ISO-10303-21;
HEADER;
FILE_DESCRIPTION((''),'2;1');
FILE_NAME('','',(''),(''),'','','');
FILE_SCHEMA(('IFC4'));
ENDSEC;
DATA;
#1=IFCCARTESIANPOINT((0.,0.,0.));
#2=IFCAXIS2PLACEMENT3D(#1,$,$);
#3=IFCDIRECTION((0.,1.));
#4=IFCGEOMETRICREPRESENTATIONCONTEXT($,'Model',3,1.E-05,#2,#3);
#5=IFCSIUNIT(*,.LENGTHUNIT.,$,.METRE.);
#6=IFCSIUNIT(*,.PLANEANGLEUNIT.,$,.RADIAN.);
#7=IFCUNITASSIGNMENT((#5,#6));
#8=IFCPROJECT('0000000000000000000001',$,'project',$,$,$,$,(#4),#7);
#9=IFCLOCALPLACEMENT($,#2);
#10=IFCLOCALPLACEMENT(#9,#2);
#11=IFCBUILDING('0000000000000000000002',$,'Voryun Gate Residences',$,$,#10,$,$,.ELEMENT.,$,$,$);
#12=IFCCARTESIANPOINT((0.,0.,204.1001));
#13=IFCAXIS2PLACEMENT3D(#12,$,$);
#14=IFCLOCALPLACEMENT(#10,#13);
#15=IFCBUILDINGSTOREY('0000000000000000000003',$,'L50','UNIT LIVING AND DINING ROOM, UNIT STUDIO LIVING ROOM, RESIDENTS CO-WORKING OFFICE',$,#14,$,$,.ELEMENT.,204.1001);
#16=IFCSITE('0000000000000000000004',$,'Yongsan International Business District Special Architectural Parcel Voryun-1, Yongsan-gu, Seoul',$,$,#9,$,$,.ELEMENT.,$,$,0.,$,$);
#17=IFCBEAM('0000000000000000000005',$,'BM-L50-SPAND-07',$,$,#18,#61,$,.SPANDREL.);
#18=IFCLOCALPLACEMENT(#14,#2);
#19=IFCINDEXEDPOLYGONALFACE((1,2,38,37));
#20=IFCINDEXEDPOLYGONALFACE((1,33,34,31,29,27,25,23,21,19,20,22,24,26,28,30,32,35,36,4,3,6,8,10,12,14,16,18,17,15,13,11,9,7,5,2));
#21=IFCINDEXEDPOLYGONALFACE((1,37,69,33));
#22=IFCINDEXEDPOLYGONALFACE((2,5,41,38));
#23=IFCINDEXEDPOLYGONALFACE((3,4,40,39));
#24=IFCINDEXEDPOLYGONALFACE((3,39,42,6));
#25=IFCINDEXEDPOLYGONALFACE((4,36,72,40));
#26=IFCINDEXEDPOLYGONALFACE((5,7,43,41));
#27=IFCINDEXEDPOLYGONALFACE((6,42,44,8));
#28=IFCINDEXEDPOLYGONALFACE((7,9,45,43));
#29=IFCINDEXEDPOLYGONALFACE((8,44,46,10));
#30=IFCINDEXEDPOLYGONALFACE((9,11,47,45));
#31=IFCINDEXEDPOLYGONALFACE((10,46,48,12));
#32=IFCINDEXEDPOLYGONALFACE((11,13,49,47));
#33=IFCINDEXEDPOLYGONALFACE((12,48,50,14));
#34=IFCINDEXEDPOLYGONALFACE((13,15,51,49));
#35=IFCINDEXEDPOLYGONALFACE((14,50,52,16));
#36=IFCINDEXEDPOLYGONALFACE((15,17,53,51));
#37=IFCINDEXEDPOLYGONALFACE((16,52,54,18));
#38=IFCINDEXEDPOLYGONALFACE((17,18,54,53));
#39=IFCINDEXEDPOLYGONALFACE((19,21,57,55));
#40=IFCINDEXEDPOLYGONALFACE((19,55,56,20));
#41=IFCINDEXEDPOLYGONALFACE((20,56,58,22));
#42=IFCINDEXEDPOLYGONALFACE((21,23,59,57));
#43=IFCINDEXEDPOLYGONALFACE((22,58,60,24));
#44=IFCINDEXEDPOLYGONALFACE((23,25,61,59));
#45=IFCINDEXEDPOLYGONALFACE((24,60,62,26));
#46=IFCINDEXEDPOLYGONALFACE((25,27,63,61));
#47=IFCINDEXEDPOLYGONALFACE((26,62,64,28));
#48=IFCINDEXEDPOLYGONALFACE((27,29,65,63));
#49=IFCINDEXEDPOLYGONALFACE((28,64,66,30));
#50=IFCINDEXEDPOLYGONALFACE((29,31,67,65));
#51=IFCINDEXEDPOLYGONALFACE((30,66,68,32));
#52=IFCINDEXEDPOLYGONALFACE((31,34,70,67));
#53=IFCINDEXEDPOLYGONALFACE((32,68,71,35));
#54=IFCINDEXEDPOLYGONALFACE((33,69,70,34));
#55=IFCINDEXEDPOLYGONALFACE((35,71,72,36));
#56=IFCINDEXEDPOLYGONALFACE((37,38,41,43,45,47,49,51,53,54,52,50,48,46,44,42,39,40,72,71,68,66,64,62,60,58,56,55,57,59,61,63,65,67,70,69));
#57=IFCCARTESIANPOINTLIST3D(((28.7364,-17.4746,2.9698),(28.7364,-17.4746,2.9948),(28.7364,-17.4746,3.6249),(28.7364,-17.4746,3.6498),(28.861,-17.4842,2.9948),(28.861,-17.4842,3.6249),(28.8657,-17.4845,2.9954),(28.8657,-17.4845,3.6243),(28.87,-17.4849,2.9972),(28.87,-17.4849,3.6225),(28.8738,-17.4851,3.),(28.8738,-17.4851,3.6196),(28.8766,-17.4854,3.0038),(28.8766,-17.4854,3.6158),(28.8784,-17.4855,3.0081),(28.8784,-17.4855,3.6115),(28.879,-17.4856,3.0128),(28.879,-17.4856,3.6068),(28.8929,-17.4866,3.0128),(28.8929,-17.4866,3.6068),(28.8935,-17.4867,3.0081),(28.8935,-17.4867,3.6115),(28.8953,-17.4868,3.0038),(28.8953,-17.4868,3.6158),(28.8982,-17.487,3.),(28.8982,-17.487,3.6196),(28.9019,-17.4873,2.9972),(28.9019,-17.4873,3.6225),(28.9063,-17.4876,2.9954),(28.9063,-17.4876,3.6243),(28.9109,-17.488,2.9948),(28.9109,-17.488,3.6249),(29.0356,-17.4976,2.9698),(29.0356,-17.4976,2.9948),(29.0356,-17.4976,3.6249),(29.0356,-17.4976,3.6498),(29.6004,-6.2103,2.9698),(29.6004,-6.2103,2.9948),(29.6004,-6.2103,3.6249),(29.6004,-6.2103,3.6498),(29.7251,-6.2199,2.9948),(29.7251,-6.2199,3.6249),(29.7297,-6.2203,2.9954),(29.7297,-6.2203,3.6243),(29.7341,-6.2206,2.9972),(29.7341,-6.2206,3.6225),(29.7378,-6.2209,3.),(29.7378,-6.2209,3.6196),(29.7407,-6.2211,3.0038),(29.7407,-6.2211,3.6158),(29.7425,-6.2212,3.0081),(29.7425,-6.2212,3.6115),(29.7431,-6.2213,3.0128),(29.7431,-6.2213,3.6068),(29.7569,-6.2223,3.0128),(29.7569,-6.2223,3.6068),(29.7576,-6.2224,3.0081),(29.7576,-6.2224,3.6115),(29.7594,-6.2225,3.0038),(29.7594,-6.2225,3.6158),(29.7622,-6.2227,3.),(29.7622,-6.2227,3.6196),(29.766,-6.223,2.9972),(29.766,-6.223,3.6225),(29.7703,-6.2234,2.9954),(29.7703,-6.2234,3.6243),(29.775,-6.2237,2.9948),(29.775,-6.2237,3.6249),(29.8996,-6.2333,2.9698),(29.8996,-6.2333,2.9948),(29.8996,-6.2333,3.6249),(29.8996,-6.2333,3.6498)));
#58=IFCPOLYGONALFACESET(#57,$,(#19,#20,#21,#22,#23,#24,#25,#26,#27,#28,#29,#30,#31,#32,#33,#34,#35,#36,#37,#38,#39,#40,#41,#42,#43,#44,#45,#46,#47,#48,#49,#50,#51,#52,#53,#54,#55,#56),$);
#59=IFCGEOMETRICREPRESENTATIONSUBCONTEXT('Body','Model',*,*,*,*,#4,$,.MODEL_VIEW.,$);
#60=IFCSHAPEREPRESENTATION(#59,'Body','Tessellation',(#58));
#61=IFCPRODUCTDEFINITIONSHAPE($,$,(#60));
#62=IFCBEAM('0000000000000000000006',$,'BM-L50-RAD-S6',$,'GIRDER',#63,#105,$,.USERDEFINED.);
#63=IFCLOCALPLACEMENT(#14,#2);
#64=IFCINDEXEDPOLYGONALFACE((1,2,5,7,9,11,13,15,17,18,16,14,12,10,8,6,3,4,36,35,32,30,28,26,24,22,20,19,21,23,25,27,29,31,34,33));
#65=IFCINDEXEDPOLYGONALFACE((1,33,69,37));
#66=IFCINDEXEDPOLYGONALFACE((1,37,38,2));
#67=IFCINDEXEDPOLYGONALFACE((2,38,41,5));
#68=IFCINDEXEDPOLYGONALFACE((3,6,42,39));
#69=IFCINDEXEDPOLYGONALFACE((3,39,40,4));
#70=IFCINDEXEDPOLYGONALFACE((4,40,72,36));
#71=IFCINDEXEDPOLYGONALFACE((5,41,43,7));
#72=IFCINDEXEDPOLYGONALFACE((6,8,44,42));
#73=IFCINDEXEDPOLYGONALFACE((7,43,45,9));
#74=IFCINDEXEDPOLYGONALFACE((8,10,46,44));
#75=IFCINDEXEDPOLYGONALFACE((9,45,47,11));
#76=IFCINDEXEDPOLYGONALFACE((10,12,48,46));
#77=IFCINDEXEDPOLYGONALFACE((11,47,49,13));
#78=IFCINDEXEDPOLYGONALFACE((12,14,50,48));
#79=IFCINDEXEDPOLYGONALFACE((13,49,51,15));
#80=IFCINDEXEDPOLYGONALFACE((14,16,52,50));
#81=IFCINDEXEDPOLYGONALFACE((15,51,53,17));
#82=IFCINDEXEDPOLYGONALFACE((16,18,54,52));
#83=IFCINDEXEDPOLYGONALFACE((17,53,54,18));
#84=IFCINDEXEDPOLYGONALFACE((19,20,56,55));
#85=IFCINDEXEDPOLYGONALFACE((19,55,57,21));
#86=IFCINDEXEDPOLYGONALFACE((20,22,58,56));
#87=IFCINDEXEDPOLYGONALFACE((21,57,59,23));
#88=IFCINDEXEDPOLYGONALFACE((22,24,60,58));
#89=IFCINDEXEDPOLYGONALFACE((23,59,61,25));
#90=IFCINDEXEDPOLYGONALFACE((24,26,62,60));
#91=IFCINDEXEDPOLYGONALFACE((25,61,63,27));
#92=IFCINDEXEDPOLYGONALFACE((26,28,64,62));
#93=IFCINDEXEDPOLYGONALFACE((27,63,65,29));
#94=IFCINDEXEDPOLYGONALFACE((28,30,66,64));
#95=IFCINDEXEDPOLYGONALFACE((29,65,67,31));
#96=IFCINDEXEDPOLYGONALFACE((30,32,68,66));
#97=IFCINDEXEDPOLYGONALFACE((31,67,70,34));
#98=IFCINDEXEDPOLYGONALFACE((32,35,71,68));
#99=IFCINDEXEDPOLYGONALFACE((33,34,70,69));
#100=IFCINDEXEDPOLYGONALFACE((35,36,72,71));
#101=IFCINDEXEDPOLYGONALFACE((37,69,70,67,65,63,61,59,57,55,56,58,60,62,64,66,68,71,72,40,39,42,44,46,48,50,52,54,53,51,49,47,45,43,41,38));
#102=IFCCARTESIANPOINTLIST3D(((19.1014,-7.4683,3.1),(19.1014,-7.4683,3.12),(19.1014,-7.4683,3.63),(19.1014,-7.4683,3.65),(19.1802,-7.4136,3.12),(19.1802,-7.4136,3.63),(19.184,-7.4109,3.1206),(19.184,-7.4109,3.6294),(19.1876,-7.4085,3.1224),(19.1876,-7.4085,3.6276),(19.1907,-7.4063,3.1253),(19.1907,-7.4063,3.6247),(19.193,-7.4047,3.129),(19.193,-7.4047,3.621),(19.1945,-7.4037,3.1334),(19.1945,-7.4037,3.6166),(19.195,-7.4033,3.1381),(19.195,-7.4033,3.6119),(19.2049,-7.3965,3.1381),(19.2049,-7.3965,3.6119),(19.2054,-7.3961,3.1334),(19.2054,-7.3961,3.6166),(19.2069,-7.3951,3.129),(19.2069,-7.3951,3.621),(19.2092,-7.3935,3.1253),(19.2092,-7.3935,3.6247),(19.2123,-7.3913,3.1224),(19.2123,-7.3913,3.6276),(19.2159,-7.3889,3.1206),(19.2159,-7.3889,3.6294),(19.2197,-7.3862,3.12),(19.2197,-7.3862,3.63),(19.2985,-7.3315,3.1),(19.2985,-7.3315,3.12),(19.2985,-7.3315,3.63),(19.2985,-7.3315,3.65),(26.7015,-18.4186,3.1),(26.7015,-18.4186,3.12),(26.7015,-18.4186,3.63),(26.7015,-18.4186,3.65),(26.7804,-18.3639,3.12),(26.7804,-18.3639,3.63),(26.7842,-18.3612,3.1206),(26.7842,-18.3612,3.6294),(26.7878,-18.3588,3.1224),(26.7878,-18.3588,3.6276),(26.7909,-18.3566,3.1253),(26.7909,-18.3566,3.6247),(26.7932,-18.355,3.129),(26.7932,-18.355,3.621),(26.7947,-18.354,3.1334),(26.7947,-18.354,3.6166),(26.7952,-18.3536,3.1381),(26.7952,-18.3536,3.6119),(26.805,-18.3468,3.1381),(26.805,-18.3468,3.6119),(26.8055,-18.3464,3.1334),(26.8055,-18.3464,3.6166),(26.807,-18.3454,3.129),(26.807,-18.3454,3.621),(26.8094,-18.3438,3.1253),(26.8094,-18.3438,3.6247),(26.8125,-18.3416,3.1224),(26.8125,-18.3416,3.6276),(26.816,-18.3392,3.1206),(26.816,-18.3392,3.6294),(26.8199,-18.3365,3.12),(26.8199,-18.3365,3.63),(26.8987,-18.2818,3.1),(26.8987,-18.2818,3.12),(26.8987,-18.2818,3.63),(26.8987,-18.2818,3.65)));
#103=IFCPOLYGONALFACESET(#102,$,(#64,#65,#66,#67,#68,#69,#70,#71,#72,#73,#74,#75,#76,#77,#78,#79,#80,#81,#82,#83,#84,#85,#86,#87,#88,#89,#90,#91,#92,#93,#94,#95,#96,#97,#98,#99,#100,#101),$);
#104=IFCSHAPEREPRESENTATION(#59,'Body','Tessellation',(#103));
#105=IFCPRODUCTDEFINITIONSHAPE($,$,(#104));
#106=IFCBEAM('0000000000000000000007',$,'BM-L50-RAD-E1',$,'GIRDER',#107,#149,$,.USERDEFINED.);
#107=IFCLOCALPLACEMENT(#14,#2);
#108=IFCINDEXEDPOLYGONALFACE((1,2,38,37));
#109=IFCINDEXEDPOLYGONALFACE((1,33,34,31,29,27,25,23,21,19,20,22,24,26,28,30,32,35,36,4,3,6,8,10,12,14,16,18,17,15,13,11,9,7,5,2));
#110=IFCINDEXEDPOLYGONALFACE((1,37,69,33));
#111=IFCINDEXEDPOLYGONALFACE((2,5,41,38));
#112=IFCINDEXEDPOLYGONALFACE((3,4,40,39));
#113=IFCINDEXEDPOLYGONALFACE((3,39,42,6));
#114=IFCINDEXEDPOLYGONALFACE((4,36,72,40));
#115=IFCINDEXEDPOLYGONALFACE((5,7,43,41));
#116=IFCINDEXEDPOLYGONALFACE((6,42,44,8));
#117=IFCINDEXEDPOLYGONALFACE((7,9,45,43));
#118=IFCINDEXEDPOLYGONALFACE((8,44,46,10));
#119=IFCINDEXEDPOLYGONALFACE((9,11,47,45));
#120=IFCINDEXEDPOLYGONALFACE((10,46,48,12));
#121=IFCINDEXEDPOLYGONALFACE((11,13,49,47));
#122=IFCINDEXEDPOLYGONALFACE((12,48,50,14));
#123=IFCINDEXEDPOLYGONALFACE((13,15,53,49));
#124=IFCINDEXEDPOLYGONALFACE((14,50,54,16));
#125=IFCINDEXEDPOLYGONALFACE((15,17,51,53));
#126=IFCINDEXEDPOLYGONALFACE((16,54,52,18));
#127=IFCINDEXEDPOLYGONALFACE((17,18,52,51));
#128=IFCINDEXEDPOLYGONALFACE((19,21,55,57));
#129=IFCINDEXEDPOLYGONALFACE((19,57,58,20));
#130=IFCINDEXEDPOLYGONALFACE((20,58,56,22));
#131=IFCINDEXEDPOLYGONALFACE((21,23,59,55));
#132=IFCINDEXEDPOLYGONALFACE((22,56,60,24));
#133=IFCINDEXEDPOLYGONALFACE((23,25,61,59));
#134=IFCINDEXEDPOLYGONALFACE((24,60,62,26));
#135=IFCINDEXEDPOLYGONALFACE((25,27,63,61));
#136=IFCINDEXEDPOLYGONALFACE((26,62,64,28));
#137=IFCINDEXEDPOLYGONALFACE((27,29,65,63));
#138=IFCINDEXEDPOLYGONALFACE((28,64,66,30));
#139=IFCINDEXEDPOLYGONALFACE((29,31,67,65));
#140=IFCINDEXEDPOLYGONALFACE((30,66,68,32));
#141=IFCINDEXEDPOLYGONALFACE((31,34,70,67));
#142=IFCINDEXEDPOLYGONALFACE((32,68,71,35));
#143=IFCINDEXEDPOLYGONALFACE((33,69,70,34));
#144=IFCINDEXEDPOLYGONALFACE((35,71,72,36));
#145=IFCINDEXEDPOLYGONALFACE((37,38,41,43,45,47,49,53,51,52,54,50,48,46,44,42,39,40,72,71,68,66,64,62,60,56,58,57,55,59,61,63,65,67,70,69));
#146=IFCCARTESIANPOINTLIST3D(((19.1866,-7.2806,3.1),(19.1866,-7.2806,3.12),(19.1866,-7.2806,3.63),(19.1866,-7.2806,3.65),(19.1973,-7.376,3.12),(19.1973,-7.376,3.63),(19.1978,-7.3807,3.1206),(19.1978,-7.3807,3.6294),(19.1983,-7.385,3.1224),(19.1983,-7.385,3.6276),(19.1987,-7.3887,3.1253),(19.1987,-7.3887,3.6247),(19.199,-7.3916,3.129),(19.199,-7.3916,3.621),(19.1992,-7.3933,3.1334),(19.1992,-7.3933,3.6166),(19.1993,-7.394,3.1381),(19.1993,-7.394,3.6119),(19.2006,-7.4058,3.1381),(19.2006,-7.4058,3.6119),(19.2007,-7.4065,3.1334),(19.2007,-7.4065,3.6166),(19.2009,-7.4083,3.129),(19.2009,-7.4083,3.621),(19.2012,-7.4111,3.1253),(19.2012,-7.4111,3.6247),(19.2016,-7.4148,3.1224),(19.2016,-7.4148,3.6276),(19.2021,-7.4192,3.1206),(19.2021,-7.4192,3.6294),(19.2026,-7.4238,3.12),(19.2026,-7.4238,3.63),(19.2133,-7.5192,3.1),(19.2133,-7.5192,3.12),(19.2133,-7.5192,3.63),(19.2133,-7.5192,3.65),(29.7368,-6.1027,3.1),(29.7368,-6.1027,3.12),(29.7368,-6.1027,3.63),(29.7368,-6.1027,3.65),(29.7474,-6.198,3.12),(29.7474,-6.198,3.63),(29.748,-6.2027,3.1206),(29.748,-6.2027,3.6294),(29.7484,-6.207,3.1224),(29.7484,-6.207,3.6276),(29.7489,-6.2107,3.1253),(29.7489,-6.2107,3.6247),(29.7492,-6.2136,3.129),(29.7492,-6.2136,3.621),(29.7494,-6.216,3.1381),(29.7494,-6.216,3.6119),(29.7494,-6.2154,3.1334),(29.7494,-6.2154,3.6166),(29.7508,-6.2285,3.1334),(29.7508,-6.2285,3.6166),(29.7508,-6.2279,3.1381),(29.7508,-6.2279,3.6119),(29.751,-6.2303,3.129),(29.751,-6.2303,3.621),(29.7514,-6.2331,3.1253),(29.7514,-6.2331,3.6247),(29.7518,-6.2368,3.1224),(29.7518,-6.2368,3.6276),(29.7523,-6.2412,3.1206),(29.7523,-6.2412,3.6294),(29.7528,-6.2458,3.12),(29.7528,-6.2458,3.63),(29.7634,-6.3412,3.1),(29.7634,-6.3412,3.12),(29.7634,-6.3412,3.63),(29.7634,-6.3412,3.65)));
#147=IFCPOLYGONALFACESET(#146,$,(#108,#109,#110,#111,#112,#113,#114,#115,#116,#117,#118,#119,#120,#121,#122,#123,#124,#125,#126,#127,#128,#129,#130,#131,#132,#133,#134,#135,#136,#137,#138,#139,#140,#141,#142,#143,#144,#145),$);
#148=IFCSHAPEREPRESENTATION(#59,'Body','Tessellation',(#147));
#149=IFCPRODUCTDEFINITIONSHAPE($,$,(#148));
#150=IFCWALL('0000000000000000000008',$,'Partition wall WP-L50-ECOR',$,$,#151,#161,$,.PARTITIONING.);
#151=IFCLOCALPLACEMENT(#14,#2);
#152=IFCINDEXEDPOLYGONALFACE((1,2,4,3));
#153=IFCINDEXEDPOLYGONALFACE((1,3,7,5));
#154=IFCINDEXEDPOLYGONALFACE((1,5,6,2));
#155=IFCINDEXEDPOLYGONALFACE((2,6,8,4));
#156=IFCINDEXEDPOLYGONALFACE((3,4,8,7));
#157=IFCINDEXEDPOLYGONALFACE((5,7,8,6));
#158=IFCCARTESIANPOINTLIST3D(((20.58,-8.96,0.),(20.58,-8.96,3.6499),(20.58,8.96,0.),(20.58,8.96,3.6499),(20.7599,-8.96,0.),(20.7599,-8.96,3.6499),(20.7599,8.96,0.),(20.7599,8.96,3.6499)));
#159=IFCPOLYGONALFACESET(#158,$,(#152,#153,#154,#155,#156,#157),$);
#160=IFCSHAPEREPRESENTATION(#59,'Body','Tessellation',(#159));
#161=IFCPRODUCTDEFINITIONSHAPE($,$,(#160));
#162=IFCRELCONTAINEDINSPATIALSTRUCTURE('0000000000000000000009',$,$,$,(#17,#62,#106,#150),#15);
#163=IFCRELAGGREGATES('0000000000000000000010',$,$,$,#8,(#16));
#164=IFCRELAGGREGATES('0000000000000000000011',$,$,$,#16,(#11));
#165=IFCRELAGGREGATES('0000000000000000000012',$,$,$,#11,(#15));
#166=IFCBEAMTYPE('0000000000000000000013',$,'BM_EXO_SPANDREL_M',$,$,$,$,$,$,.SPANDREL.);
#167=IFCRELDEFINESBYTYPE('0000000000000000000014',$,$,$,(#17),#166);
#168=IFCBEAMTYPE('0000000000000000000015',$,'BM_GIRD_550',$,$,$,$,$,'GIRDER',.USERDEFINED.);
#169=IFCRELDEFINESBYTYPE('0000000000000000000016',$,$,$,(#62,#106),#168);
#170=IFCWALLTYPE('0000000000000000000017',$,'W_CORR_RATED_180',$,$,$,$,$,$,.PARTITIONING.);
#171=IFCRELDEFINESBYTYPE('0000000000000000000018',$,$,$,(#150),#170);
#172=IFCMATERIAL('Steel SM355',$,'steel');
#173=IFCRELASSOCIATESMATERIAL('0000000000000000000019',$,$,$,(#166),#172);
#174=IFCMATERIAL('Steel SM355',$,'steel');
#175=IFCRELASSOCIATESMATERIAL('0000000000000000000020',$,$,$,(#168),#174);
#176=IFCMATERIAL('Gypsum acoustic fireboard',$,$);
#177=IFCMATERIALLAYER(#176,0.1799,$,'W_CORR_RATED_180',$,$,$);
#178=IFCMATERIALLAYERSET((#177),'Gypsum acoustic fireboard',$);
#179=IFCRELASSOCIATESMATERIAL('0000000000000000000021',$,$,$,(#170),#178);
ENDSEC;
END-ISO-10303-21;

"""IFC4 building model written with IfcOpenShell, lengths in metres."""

from ifc_helpers import new_model, si_unit, direction, frame, frame_2d, origin, origin_2d, place, context, subcontext, project, spatial, rectangle, i_section, extrude, material, layer, layer_set, material_profile, profile_set, type_object, element, save


model = new_model("IFC4")

# Units and contexts
model_context = context("Model", 3, precision=1e-05, world=origin(), true_north=direction((0.0, 1.0)))
body_context = subcontext(model_context, "Body", "Model", "MODEL_VIEW")
ifc_project = project(units=[si_unit("LENGTHUNIT", "METRE"), si_unit("PLANEANGLEUNIT", "RADIAN")], contexts=[model_context])

# Site, building, storey
site_placement = place(None, origin())
site = spatial("IfcSite", under=ifc_project, at=site_placement, Name="Yongsan International Business District Special Architectural Parcel Voryun-1, Yongsan-gu, Seoul", CompositionType="ELEMENT", RefElevation=0.0)
building_placement = place(site_placement, origin())
building = spatial("IfcBuilding", under=site, at=building_placement, Name="Voryun Gate Residences", CompositionType="ELEMENT")
storey_placement = place(building_placement, frame((0.0, 0.0, 204.1001)))
storey = spatial("IfcBuildingStorey", under=building, at=storey_placement, Name="L50", Description="UNIT LIVING AND DINING ROOM, UNIT STUDIO LIVING ROOM, RESIDENTS CO-WORKING OFFICE", CompositionType="ELEMENT", Elevation=204.1001)

# Beams
ifc_material_1 = material(Name="Steel SM355", Category="steel")
ifc_material_profile_1 = material_profile(ifc_material_1, i_section(OverallWidth=0.3, OverallDepth=0.6799, WebThickness=0.0139, FlangeThickness=0.0249, FilletRadius=0.0181, at=origin_2d()), Name="H-680x300x14x25")
ifc_profile_set_1 = profile_set([ifc_material_profile_1], Name="Steel SM355")
beam_type_1 = type_object("IfcBeamType", Name="BM_EXO_SPANDREL_M", PredefinedType="SPANDREL", material=ifc_profile_set_1)
beam_1_placement = place(storey_placement, frame((28.886, -17.4861, 3.3098), z_axis=(0.07648, 0.997071, 0.0), x_axis=(-0.997071, 0.07648, 0.0)))
element("IfcBeam", 1, at=beam_1_placement, inside=storey, type_object=beam_type_1, Name="BM-L50-SPAND-07", PredefinedType="SPANDREL", context=body_context, shape_type="SweptSolid", body=[
    extrude(i_section(OverallWidth=0.3, OverallDepth=0.6799, WebThickness=0.0139, FlangeThickness=0.0249, FilletRadius=0.0181, at=origin_2d()), origin(), (0.0, 0.0, 1.0), 11.2974),
])
ifc_material_2 = material(Name="Steel SM355", Category="steel")
ifc_material_profile_2 = material_profile(ifc_material_2, i_section(OverallWidth=0.24, OverallDepth=0.55, WebThickness=0.012, FlangeThickness=0.02, FilletRadius=0.0181, at=origin_2d()), Name="H-550x240x12x20")
ifc_profile_set_2 = profile_set([ifc_material_profile_2], Name="Steel SM355")
beam_type_2 = type_object("IfcBeamType", Name="BM_GIRD_550", ElementType="GIRDER", PredefinedType="USERDEFINED", material=ifc_profile_set_2)
beam_2_placement = place(storey_placement, frame((19.2, -7.3999, 3.375), z_axis=(0.570183, -0.821518, 0.0), x_axis=(0.821518, 0.570183, 0.0)))
element("IfcBeam", 2, at=beam_2_placement, inside=storey, type_object=beam_type_2, Name="BM-L50-RAD-S6", ObjectType="GIRDER", PredefinedType="USERDEFINED", context=body_context, shape_type="SweptSolid", body=[
    extrude(i_section(OverallWidth=0.24, OverallDepth=0.55, WebThickness=0.012, FlangeThickness=0.02, FilletRadius=0.0181, at=origin_2d()), origin(), (0.0, 0.0, 1.0), 13.3293),
])
beam_3_placement = place(storey_placement, frame((19.2, -7.3999, 3.375), z_axis=(0.993824, 0.110967, 0.0), x_axis=(-0.110967, 0.993824, 0.0)))
element("IfcBeam", 3, at=beam_3_placement, inside=storey, type_object=beam_type_2, Name="BM-L50-RAD-E1", ObjectType="GIRDER", PredefinedType="USERDEFINED", context=body_context, shape_type="SweptSolid", body=[
    extrude(i_section(OverallWidth=0.24, OverallDepth=0.55, WebThickness=0.012, FlangeThickness=0.02, FilletRadius=0.0181, at=origin_2d()), origin(), (0.0, 0.0, 1.0), 10.6157),
])

# Wall
ifc_material_3 = material(Name="Gypsum acoustic fireboard")
ifc_layer_1 = layer(ifc_material_3, 0.1799, Name="W_CORR_RATED_180")
ifc_layer_set_1 = layer_set([ifc_layer_1], Name="Gypsum acoustic fireboard")
wall_type_1 = type_object("IfcWallType", Name="W_CORR_RATED_180", PredefinedType="PARTITIONING", material=ifc_layer_set_1)
wall_1_placement = place(storey_placement, frame((20.6699, -8.96, 0.0), z_axis=(0.0, 0.0, 1.0), x_axis=(0.0, 1.0, 0.0)))
element("IfcWall", 4, at=wall_1_placement, inside=storey, type_object=wall_type_1, Name="Partition wall WP-L50-ECOR", PredefinedType="PARTITIONING", context=body_context, shape_type="SweptSolid", body=[
    extrude(rectangle(XDim=17.9199, YDim=0.1799, at=frame_2d((8.96, 0.0))), origin(), (0.0, 0.0, 1.0), 3.6499),
])

save(model, "model.ifc")
